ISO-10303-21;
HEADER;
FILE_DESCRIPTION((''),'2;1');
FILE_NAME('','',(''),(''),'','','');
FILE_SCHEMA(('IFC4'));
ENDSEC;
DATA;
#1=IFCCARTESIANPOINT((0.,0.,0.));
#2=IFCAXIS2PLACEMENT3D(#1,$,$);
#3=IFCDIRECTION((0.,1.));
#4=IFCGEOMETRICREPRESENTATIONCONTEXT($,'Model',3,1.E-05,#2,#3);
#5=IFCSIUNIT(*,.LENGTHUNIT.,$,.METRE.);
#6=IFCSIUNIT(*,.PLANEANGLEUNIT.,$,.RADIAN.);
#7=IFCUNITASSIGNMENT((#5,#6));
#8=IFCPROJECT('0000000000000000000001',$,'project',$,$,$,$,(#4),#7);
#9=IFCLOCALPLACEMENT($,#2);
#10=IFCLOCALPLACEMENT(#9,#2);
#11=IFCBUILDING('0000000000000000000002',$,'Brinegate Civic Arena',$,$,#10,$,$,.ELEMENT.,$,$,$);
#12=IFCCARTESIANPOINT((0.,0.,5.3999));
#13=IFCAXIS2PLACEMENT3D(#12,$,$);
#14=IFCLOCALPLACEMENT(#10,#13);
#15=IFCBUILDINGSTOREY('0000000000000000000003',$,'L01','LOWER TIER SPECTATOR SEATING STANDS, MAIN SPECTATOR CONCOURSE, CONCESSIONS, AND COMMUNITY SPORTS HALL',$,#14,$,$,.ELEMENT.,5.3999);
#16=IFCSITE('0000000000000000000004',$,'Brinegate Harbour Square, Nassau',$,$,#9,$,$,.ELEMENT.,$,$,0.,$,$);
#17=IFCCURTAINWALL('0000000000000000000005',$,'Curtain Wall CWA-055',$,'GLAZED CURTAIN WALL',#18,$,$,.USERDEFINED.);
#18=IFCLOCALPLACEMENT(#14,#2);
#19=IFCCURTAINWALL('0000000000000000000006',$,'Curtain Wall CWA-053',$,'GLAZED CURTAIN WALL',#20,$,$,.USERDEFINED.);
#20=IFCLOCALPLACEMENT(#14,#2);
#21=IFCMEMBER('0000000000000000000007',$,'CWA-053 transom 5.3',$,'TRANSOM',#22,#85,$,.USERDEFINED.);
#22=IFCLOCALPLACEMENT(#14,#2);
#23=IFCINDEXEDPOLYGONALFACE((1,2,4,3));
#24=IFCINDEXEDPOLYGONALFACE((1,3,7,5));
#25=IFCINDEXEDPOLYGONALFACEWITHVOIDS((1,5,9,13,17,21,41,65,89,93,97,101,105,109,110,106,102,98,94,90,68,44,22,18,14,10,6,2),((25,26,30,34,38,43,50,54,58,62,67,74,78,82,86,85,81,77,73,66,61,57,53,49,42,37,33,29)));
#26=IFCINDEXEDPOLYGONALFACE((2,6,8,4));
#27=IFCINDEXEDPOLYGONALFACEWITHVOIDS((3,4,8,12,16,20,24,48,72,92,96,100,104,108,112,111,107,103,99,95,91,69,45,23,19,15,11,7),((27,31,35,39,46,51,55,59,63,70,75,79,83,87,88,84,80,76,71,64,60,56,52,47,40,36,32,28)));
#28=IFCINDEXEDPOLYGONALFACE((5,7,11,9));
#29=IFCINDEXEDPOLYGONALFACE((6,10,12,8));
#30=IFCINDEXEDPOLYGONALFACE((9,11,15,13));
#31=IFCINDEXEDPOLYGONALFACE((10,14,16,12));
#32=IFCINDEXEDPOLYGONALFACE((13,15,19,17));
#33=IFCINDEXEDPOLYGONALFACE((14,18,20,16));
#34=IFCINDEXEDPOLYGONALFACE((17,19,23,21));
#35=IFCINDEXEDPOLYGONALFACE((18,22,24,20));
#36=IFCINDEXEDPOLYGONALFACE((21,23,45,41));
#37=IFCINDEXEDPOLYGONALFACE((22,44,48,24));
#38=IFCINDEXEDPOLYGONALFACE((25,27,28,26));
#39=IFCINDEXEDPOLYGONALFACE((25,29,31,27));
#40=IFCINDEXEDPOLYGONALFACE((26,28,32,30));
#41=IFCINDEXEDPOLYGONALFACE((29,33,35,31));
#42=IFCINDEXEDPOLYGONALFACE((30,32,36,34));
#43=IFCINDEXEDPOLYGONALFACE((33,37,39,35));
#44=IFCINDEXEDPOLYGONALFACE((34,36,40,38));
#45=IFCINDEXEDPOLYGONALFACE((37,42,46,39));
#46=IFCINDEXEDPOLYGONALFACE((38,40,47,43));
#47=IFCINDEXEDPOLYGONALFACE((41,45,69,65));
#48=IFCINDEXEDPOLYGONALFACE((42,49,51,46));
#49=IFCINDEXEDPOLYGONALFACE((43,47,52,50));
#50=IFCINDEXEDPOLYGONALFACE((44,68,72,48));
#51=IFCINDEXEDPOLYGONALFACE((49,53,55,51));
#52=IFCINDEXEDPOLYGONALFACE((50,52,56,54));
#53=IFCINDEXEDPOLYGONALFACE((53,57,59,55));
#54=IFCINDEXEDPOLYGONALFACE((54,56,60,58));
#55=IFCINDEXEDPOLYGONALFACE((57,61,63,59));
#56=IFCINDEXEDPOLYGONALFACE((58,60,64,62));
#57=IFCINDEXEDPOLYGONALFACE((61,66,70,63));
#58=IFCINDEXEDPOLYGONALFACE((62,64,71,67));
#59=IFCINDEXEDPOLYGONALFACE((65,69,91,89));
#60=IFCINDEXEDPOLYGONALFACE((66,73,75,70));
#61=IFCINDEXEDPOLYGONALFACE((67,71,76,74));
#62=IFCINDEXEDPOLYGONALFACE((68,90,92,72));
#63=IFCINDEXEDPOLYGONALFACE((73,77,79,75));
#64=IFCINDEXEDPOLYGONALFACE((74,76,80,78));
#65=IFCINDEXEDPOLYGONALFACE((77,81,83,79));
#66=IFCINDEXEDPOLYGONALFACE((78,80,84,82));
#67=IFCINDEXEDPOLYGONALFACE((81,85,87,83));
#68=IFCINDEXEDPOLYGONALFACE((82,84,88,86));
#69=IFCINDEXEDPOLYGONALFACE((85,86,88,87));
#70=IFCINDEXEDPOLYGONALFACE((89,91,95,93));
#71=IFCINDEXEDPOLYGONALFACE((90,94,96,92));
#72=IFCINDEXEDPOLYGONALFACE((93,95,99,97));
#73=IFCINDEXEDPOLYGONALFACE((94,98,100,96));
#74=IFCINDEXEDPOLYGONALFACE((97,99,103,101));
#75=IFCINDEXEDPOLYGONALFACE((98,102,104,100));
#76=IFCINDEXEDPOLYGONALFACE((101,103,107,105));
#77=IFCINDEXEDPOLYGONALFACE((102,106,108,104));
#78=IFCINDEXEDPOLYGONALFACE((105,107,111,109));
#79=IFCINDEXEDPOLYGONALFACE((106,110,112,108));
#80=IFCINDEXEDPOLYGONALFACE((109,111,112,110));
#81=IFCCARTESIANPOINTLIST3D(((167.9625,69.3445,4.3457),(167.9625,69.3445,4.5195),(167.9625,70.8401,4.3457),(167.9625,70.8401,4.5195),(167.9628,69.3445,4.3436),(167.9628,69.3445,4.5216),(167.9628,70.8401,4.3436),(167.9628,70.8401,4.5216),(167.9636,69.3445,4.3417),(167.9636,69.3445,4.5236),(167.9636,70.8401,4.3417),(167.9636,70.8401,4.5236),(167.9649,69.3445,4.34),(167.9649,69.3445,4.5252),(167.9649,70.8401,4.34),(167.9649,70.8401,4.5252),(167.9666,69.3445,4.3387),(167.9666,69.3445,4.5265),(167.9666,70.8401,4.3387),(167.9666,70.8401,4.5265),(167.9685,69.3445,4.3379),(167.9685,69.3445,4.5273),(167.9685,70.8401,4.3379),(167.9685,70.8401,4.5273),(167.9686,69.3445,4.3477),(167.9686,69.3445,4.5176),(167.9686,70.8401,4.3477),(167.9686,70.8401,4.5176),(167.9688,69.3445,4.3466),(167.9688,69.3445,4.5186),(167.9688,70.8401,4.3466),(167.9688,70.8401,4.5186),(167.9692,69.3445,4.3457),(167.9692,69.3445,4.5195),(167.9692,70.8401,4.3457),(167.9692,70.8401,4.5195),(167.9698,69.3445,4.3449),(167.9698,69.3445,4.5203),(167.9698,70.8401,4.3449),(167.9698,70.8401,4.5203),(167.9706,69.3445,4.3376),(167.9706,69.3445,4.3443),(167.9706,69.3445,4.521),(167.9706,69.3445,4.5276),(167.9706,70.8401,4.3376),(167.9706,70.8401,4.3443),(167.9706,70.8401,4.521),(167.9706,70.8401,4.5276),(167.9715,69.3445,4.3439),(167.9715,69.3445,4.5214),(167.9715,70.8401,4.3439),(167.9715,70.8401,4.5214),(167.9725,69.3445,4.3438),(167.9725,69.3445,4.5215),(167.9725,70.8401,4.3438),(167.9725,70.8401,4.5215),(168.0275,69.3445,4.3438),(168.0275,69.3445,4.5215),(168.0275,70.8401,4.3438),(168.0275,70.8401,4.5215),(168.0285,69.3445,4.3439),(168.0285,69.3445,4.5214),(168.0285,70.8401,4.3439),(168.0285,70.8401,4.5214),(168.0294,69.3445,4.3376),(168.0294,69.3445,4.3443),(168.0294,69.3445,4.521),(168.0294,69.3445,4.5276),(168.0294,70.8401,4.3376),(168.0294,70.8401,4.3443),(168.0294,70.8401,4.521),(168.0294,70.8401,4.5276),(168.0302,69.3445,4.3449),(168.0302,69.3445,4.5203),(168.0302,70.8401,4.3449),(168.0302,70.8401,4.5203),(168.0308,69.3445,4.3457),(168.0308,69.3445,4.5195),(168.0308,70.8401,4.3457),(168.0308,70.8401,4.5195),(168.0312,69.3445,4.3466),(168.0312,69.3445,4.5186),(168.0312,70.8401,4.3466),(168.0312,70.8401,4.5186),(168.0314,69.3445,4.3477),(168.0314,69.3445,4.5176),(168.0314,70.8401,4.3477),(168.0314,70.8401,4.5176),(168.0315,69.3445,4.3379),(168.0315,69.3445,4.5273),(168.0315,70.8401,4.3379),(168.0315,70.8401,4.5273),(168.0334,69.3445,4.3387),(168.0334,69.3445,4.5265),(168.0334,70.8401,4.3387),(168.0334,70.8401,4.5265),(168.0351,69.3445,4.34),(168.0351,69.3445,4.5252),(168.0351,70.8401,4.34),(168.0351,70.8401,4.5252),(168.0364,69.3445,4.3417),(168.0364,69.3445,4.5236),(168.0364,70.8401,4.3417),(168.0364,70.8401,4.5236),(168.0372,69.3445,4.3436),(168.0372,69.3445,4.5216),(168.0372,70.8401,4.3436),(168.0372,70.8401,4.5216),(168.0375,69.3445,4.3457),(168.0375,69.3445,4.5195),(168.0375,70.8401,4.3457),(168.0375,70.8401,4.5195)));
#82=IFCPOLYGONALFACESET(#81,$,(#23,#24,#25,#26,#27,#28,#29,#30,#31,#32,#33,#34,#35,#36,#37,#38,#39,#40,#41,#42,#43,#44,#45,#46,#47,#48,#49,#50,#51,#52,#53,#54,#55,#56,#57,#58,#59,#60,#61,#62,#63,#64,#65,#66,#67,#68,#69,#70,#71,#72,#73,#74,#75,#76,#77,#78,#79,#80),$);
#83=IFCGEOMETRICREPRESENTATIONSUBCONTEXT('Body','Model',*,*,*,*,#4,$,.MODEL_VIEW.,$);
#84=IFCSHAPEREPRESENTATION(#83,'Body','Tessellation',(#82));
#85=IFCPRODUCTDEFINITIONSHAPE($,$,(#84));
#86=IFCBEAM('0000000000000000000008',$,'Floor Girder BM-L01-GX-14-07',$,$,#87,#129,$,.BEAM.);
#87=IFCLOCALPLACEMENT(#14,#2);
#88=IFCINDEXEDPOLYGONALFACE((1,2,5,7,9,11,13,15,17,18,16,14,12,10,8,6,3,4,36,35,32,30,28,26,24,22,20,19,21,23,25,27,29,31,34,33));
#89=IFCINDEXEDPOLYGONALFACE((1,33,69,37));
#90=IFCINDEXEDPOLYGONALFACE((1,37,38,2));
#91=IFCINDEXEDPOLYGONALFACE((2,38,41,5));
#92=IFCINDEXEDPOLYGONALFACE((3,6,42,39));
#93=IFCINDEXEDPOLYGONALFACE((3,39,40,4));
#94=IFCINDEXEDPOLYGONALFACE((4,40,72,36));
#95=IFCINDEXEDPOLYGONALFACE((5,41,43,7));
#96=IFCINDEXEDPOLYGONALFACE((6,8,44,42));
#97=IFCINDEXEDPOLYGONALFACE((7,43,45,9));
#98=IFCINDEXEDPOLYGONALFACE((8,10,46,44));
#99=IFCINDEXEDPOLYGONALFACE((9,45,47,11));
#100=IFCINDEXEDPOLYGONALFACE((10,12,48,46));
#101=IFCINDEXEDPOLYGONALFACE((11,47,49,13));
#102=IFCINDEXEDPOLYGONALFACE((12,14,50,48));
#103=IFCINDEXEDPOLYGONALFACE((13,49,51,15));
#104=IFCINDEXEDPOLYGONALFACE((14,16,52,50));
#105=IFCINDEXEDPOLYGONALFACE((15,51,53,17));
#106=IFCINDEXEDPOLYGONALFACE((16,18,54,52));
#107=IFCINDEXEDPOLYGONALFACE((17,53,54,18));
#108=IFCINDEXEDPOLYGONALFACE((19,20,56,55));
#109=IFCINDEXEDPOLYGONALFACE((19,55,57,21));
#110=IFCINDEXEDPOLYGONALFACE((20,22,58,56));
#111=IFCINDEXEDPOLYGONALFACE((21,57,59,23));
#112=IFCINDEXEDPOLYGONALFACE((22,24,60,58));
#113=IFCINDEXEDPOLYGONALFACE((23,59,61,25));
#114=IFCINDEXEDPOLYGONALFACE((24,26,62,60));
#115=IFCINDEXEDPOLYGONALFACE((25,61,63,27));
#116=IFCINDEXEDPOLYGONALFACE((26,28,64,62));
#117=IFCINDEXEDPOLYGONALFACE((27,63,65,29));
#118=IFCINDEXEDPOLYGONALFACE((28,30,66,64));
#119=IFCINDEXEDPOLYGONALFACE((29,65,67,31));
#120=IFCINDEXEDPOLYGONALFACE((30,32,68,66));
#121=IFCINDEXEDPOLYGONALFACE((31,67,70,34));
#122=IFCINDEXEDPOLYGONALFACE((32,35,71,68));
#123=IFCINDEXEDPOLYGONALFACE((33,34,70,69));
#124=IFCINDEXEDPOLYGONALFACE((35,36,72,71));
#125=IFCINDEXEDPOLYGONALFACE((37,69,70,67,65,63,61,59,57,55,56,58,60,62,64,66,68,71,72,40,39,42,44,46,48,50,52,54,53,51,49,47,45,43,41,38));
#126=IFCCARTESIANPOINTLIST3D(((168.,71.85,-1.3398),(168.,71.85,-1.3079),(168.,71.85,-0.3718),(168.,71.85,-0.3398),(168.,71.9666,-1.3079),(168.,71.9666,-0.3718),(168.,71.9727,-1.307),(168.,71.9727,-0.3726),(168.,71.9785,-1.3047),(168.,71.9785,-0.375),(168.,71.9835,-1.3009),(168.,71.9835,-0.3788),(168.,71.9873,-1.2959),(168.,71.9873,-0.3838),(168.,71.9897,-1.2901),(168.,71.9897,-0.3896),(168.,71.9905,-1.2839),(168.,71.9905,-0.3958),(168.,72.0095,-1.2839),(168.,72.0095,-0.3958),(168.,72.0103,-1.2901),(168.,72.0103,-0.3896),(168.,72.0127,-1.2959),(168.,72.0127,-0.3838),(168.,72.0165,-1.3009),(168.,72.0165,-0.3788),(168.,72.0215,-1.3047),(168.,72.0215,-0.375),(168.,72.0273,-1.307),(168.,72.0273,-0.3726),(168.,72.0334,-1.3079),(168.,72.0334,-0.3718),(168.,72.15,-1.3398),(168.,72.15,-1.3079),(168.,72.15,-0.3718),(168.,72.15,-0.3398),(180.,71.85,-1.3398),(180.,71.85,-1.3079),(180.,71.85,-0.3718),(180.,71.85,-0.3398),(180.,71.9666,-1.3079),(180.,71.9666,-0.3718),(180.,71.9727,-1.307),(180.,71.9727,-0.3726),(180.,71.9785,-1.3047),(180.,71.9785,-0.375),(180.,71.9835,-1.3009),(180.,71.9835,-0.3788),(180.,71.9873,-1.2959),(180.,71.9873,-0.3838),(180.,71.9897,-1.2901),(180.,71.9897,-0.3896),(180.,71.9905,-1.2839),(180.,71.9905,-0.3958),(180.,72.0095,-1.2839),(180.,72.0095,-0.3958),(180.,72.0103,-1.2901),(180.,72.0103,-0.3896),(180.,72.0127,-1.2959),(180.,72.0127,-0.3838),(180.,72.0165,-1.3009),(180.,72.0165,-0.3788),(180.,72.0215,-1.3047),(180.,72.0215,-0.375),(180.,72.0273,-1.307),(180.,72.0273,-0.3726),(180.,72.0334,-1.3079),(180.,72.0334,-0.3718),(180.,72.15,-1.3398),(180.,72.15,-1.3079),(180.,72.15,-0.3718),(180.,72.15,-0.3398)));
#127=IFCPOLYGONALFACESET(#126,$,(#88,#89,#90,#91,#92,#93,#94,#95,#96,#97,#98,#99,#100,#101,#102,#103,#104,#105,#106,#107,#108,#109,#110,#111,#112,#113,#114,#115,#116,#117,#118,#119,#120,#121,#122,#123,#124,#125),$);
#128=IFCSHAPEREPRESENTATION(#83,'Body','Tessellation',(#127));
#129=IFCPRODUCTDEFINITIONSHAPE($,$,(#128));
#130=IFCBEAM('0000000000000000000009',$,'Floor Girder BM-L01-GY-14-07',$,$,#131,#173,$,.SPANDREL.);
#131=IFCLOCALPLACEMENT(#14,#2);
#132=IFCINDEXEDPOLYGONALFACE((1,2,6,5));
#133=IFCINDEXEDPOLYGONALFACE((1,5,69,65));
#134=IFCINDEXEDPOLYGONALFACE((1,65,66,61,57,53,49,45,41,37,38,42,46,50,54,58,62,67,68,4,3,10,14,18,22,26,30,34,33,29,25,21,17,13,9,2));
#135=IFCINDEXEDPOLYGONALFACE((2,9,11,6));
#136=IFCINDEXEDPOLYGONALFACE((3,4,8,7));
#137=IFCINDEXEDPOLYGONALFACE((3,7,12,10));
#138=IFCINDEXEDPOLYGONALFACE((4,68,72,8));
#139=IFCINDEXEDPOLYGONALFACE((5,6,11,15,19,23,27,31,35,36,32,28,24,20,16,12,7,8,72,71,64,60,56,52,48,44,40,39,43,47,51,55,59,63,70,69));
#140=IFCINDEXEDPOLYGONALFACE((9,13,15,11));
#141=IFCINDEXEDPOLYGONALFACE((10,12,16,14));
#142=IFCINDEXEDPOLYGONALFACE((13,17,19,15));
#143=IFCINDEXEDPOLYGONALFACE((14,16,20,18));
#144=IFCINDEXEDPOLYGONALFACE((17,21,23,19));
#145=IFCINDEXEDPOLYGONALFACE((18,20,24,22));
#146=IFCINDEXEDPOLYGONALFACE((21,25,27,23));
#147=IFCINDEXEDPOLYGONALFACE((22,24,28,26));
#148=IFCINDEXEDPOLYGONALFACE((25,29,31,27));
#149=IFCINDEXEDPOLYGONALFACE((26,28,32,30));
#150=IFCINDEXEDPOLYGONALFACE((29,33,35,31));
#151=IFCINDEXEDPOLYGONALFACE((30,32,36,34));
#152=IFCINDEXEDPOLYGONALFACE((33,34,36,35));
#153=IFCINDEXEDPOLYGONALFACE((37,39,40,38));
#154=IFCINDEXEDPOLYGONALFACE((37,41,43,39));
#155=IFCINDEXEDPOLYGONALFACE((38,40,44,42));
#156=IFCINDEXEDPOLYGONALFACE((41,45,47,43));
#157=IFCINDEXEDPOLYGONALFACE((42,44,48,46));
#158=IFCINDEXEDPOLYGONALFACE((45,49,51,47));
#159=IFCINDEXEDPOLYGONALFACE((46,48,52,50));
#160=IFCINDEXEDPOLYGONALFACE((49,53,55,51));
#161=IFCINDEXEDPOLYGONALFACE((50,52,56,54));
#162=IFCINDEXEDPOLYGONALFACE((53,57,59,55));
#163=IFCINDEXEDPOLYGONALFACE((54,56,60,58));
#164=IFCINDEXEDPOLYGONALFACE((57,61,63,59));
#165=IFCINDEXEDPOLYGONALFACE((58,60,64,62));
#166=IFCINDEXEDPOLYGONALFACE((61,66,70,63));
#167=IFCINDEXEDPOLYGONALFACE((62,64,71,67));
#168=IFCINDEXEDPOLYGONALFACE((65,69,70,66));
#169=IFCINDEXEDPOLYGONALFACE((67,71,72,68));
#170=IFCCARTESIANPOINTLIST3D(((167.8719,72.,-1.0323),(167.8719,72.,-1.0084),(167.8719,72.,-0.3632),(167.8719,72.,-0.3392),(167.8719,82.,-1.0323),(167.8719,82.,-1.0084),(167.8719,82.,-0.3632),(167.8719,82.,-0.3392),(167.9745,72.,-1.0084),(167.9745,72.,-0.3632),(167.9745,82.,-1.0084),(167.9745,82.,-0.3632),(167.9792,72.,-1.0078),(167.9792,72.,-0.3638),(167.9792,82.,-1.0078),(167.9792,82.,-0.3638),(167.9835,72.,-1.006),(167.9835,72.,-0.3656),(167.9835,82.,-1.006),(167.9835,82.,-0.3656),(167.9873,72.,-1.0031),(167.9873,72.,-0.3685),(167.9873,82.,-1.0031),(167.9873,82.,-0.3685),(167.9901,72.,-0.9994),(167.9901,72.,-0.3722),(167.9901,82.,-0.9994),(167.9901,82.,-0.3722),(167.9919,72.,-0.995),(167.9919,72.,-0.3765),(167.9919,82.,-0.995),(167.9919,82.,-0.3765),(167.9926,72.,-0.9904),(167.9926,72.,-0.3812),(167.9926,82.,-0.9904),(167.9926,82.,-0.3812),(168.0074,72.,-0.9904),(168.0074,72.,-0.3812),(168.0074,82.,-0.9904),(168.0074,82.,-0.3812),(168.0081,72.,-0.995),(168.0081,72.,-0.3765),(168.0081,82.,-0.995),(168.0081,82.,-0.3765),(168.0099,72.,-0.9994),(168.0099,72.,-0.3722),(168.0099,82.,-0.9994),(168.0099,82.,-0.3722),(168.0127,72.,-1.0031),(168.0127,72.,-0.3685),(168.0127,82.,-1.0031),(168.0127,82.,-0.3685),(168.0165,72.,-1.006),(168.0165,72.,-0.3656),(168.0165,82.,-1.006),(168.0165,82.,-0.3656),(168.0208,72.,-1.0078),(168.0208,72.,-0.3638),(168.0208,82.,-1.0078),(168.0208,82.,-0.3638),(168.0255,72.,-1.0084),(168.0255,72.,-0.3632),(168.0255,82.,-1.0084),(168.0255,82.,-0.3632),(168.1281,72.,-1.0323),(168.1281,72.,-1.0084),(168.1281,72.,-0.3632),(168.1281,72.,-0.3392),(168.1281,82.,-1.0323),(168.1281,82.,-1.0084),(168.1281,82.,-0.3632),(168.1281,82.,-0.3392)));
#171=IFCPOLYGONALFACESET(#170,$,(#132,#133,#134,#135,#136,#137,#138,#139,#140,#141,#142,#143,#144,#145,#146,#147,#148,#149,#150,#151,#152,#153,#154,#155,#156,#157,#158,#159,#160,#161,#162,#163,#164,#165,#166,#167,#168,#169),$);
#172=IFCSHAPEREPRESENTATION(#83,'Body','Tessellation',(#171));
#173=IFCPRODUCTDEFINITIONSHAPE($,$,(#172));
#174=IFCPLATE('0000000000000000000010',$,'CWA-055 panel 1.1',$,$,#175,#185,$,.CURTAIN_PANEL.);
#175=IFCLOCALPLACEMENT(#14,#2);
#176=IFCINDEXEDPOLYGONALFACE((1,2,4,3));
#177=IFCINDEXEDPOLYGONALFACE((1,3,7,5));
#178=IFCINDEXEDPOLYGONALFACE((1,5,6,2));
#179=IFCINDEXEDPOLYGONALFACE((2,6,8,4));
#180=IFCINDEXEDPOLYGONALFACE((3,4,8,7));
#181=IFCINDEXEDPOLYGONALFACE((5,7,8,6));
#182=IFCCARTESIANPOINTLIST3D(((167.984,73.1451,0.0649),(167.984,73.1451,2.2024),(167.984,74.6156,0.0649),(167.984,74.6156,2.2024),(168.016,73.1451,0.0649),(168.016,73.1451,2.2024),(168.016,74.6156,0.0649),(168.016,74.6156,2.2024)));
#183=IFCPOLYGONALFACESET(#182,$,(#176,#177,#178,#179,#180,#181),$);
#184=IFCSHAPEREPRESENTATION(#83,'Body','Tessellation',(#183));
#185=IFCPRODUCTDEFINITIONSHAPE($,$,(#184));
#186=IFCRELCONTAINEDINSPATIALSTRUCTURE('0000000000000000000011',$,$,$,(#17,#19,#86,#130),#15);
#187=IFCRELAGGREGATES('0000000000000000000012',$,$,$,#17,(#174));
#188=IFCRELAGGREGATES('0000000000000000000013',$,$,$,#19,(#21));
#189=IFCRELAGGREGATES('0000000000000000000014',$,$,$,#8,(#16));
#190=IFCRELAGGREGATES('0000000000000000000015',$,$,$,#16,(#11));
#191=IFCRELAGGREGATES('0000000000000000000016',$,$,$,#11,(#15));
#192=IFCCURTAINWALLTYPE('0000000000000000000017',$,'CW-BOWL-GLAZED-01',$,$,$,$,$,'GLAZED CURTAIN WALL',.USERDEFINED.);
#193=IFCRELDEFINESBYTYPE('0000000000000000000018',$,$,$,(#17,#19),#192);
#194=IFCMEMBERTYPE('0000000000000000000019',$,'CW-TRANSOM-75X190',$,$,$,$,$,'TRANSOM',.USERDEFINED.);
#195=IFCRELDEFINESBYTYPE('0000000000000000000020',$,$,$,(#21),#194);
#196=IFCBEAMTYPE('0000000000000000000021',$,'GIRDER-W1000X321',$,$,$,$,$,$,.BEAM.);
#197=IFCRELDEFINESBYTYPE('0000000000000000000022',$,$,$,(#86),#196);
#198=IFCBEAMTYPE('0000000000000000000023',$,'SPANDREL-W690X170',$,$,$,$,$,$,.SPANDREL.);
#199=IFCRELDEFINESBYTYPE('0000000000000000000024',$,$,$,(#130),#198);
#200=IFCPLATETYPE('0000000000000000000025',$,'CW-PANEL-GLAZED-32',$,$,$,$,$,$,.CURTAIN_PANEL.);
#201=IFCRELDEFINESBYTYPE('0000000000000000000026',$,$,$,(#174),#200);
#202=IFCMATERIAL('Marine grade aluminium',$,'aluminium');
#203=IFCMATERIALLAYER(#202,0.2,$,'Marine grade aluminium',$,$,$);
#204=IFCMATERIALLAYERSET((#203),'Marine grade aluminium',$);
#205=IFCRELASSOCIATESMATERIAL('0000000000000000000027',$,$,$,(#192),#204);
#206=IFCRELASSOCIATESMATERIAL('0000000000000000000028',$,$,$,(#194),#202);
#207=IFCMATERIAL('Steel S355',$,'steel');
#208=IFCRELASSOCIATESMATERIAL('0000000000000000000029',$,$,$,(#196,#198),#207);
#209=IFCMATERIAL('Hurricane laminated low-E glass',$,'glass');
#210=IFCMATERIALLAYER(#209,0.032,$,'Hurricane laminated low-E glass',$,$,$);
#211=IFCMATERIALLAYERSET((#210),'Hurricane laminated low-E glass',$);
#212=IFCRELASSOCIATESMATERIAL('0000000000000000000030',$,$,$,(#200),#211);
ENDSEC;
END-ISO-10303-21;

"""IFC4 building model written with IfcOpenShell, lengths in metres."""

from ifc_helpers import new_model, si_unit, direction, frame, origin, origin_2d, place, context, subcontext, project, spatial, rectangle, hollow_rectangle, i_section, extrude, material, layer, layer_set, material_profile, profile_set, type_object, element, aggregate, save


model = new_model("IFC4")

# Units and contexts
model_context = context("Model", 3, precision=1e-05, world=origin(), true_north=direction((0.0, 1.0)))
body_context = subcontext(model_context, "Body", "Model", "MODEL_VIEW")
ifc_project = project(units=[si_unit("LENGTHUNIT", "METRE"), si_unit("PLANEANGLEUNIT", "RADIAN")], contexts=[model_context])

# Site, building, storey
site_placement = place(None, origin())
site = spatial("IfcSite", under=ifc_project, at=site_placement, Name="Brinegate Harbour Square, Nassau", CompositionType="ELEMENT", RefElevation=0.0)
building_placement = place(site_placement, origin())
building = spatial("IfcBuilding", under=site, at=building_placement, Name="Brinegate Civic Arena", CompositionType="ELEMENT")
storey_placement = place(building_placement, frame((0.0, 0.0, 5.3999)))
storey = spatial("IfcBuildingStorey", under=building, at=storey_placement, Name="L01", Description="LOWER TIER SPECTATOR SEATING STANDS, MAIN SPECTATOR CONCOURSE, CONCESSIONS, AND COMMUNITY SPORTS HALL", CompositionType="ELEMENT", Elevation=5.3999)

# Curtain wall
ifc_material_1 = material(Name="Marine grade aluminium", Category="aluminium")
ifc_layer_1 = layer(ifc_material_1, 0.2, Name="Marine grade aluminium")
ifc_layer_set_1 = layer_set([ifc_layer_1], Name="Marine grade aluminium")
curtain_wall_type = type_object("IfcCurtainWallType", Name="CW-BOWL-GLAZED-01", ElementType="GLAZED CURTAIN WALL", PredefinedType="USERDEFINED", material=ifc_layer_set_1)
curtain_wall_1_placement = place(storey_placement, origin())
curtain_wall_1 = element("IfcCurtainWall", 1, at=curtain_wall_1_placement, inside=storey, type_object=curtain_wall_type, Name="Curtain Wall CWA-055", ObjectType="GLAZED CURTAIN WALL", PredefinedType="USERDEFINED")

# Curtain wall
curtain_wall_2_placement = place(storey_placement, origin())
curtain_wall_2 = element("IfcCurtainWall", 2, at=curtain_wall_2_placement, inside=storey, type_object=curtain_wall_type, Name="Curtain Wall CWA-053", ObjectType="GLAZED CURTAIN WALL", PredefinedType="USERDEFINED")

# Member
ifc_material_profile_1 = material_profile(ifc_material_1, hollow_rectangle(XDim=0.075, YDim=0.1899, WallThickness=0.0061, InnerFilletRadius=0.0039, OuterFilletRadius=0.0081, at=origin_2d()), Name="TRN75X190")
ifc_profile_set_1 = profile_set([ifc_material_profile_1], Name="Marine grade aluminium")
member_type_1 = type_object("IfcMemberType", Name="CW-TRANSOM-75X190", ElementType="TRANSOM", PredefinedType="USERDEFINED", material=ifc_profile_set_1)
member_1_placement = place(storey_placement, frame((168.0, 69.3445, 4.4326), z_axis=(0.0, 1.0, 0.0), x_axis=(-1.0, 0.0, 0.0)))
member_1 = element("IfcMember", 3, at=member_1_placement, type_object=member_type_1, Name="CWA-053 transom 5.3", ObjectType="TRANSOM", PredefinedType="USERDEFINED", context=body_context, shape_type="SweptSolid", body=[
    extrude(hollow_rectangle(XDim=0.075, YDim=0.1899, WallThickness=0.0061, InnerFilletRadius=0.0039, OuterFilletRadius=0.0081, at=origin_2d()), origin(), (0.0, 0.0, 1.0), 1.4956),
])

# Beams
ifc_material_2 = material(Name="Steel S355", Category="steel")
ifc_material_profile_2 = material_profile(ifc_material_2, i_section(OverallWidth=0.3, OverallDepth=1.0, WebThickness=0.019, FlangeThickness=0.032, FilletRadius=0.0239, at=origin_2d()), Name="W1000X321")
ifc_profile_set_2 = profile_set([ifc_material_profile_2], Name="Steel S355")
beam_type_1 = type_object("IfcBeamType", Name="GIRDER-W1000X321", PredefinedType="BEAM", material=ifc_profile_set_2)
beam_1_placement = place(storey_placement, frame((168.0, 72.0, -0.8398), z_axis=(1.0, 0.0, 0.0), x_axis=(0.0, 1.0, 0.0)))
element("IfcBeam", 4, at=beam_1_placement, inside=storey, type_object=beam_type_1, Name="Floor Girder BM-L01-GX-14-07", PredefinedType="BEAM", context=body_context, shape_type="SweptSolid", body=[
    extrude(i_section(OverallWidth=0.3, OverallDepth=1.0, WebThickness=0.019, FlangeThickness=0.032, FilletRadius=0.0239, at=origin_2d()), origin(), (0.0, 0.0, 1.0), 12.0),
])
ifc_material_profile_3 = material_profile(ifc_material_2, i_section(OverallWidth=0.2561, OverallDepth=0.6931, WebThickness=0.0149, FlangeThickness=0.0239, FilletRadius=0.0181, at=origin_2d()), Name="W690X170")
ifc_profile_set_3 = profile_set([ifc_material_profile_3], Name="Steel S355")
beam_type_2 = type_object("IfcBeamType", Name="SPANDREL-W690X170", PredefinedType="SPANDREL", material=ifc_profile_set_3)
beam_2_placement = place(storey_placement, frame((168.0, 72.0, -0.6858), z_axis=(0.0, 1.0, 0.0), x_axis=(-1.0, 0.0, 0.0)))
element("IfcBeam", 5, at=beam_2_placement, inside=storey, type_object=beam_type_2, Name="Floor Girder BM-L01-GY-14-07", PredefinedType="SPANDREL", context=body_context, shape_type="SweptSolid", body=[
    extrude(i_section(OverallWidth=0.2561, OverallDepth=0.6931, WebThickness=0.0149, FlangeThickness=0.0239, FilletRadius=0.0181, at=origin_2d()), origin(), (0.0, 0.0, 1.0), 10.0),
])

# Plate
ifc_material_3 = material(Name="Hurricane laminated low-E glass", Category="glass")
ifc_layer_2 = layer(ifc_material_3, 0.032, Name="Hurricane laminated low-E glass")
ifc_layer_set_2 = layer_set([ifc_layer_2], Name="Hurricane laminated low-E glass")
plate_type_1 = type_object("IfcPlateType", Name="CW-PANEL-GLAZED-32", PredefinedType="CURTAIN_PANEL", material=ifc_layer_set_2)
plate_1_placement = place(storey_placement, frame((168.0, 73.8804, 0.0649), z_axis=(0.0, 0.0, 1.0), x_axis=(0.0, 1.0, 0.0)))
plate_1 = element("IfcPlate", 6, at=plate_1_placement, type_object=plate_type_1, Name="CWA-055 panel 1.1", PredefinedType="CURTAIN_PANEL", context=body_context, shape_type="SweptSolid", body=[
    extrude(rectangle(XDim=1.4705, YDim=0.032, at=origin_2d()), origin(), (0.0, 0.0, 1.0), 2.1375),
])
aggregate(curtain_wall_1, [plate_1])
aggregate(curtain_wall_2, [member_1])

save(model, "model.ifc")
